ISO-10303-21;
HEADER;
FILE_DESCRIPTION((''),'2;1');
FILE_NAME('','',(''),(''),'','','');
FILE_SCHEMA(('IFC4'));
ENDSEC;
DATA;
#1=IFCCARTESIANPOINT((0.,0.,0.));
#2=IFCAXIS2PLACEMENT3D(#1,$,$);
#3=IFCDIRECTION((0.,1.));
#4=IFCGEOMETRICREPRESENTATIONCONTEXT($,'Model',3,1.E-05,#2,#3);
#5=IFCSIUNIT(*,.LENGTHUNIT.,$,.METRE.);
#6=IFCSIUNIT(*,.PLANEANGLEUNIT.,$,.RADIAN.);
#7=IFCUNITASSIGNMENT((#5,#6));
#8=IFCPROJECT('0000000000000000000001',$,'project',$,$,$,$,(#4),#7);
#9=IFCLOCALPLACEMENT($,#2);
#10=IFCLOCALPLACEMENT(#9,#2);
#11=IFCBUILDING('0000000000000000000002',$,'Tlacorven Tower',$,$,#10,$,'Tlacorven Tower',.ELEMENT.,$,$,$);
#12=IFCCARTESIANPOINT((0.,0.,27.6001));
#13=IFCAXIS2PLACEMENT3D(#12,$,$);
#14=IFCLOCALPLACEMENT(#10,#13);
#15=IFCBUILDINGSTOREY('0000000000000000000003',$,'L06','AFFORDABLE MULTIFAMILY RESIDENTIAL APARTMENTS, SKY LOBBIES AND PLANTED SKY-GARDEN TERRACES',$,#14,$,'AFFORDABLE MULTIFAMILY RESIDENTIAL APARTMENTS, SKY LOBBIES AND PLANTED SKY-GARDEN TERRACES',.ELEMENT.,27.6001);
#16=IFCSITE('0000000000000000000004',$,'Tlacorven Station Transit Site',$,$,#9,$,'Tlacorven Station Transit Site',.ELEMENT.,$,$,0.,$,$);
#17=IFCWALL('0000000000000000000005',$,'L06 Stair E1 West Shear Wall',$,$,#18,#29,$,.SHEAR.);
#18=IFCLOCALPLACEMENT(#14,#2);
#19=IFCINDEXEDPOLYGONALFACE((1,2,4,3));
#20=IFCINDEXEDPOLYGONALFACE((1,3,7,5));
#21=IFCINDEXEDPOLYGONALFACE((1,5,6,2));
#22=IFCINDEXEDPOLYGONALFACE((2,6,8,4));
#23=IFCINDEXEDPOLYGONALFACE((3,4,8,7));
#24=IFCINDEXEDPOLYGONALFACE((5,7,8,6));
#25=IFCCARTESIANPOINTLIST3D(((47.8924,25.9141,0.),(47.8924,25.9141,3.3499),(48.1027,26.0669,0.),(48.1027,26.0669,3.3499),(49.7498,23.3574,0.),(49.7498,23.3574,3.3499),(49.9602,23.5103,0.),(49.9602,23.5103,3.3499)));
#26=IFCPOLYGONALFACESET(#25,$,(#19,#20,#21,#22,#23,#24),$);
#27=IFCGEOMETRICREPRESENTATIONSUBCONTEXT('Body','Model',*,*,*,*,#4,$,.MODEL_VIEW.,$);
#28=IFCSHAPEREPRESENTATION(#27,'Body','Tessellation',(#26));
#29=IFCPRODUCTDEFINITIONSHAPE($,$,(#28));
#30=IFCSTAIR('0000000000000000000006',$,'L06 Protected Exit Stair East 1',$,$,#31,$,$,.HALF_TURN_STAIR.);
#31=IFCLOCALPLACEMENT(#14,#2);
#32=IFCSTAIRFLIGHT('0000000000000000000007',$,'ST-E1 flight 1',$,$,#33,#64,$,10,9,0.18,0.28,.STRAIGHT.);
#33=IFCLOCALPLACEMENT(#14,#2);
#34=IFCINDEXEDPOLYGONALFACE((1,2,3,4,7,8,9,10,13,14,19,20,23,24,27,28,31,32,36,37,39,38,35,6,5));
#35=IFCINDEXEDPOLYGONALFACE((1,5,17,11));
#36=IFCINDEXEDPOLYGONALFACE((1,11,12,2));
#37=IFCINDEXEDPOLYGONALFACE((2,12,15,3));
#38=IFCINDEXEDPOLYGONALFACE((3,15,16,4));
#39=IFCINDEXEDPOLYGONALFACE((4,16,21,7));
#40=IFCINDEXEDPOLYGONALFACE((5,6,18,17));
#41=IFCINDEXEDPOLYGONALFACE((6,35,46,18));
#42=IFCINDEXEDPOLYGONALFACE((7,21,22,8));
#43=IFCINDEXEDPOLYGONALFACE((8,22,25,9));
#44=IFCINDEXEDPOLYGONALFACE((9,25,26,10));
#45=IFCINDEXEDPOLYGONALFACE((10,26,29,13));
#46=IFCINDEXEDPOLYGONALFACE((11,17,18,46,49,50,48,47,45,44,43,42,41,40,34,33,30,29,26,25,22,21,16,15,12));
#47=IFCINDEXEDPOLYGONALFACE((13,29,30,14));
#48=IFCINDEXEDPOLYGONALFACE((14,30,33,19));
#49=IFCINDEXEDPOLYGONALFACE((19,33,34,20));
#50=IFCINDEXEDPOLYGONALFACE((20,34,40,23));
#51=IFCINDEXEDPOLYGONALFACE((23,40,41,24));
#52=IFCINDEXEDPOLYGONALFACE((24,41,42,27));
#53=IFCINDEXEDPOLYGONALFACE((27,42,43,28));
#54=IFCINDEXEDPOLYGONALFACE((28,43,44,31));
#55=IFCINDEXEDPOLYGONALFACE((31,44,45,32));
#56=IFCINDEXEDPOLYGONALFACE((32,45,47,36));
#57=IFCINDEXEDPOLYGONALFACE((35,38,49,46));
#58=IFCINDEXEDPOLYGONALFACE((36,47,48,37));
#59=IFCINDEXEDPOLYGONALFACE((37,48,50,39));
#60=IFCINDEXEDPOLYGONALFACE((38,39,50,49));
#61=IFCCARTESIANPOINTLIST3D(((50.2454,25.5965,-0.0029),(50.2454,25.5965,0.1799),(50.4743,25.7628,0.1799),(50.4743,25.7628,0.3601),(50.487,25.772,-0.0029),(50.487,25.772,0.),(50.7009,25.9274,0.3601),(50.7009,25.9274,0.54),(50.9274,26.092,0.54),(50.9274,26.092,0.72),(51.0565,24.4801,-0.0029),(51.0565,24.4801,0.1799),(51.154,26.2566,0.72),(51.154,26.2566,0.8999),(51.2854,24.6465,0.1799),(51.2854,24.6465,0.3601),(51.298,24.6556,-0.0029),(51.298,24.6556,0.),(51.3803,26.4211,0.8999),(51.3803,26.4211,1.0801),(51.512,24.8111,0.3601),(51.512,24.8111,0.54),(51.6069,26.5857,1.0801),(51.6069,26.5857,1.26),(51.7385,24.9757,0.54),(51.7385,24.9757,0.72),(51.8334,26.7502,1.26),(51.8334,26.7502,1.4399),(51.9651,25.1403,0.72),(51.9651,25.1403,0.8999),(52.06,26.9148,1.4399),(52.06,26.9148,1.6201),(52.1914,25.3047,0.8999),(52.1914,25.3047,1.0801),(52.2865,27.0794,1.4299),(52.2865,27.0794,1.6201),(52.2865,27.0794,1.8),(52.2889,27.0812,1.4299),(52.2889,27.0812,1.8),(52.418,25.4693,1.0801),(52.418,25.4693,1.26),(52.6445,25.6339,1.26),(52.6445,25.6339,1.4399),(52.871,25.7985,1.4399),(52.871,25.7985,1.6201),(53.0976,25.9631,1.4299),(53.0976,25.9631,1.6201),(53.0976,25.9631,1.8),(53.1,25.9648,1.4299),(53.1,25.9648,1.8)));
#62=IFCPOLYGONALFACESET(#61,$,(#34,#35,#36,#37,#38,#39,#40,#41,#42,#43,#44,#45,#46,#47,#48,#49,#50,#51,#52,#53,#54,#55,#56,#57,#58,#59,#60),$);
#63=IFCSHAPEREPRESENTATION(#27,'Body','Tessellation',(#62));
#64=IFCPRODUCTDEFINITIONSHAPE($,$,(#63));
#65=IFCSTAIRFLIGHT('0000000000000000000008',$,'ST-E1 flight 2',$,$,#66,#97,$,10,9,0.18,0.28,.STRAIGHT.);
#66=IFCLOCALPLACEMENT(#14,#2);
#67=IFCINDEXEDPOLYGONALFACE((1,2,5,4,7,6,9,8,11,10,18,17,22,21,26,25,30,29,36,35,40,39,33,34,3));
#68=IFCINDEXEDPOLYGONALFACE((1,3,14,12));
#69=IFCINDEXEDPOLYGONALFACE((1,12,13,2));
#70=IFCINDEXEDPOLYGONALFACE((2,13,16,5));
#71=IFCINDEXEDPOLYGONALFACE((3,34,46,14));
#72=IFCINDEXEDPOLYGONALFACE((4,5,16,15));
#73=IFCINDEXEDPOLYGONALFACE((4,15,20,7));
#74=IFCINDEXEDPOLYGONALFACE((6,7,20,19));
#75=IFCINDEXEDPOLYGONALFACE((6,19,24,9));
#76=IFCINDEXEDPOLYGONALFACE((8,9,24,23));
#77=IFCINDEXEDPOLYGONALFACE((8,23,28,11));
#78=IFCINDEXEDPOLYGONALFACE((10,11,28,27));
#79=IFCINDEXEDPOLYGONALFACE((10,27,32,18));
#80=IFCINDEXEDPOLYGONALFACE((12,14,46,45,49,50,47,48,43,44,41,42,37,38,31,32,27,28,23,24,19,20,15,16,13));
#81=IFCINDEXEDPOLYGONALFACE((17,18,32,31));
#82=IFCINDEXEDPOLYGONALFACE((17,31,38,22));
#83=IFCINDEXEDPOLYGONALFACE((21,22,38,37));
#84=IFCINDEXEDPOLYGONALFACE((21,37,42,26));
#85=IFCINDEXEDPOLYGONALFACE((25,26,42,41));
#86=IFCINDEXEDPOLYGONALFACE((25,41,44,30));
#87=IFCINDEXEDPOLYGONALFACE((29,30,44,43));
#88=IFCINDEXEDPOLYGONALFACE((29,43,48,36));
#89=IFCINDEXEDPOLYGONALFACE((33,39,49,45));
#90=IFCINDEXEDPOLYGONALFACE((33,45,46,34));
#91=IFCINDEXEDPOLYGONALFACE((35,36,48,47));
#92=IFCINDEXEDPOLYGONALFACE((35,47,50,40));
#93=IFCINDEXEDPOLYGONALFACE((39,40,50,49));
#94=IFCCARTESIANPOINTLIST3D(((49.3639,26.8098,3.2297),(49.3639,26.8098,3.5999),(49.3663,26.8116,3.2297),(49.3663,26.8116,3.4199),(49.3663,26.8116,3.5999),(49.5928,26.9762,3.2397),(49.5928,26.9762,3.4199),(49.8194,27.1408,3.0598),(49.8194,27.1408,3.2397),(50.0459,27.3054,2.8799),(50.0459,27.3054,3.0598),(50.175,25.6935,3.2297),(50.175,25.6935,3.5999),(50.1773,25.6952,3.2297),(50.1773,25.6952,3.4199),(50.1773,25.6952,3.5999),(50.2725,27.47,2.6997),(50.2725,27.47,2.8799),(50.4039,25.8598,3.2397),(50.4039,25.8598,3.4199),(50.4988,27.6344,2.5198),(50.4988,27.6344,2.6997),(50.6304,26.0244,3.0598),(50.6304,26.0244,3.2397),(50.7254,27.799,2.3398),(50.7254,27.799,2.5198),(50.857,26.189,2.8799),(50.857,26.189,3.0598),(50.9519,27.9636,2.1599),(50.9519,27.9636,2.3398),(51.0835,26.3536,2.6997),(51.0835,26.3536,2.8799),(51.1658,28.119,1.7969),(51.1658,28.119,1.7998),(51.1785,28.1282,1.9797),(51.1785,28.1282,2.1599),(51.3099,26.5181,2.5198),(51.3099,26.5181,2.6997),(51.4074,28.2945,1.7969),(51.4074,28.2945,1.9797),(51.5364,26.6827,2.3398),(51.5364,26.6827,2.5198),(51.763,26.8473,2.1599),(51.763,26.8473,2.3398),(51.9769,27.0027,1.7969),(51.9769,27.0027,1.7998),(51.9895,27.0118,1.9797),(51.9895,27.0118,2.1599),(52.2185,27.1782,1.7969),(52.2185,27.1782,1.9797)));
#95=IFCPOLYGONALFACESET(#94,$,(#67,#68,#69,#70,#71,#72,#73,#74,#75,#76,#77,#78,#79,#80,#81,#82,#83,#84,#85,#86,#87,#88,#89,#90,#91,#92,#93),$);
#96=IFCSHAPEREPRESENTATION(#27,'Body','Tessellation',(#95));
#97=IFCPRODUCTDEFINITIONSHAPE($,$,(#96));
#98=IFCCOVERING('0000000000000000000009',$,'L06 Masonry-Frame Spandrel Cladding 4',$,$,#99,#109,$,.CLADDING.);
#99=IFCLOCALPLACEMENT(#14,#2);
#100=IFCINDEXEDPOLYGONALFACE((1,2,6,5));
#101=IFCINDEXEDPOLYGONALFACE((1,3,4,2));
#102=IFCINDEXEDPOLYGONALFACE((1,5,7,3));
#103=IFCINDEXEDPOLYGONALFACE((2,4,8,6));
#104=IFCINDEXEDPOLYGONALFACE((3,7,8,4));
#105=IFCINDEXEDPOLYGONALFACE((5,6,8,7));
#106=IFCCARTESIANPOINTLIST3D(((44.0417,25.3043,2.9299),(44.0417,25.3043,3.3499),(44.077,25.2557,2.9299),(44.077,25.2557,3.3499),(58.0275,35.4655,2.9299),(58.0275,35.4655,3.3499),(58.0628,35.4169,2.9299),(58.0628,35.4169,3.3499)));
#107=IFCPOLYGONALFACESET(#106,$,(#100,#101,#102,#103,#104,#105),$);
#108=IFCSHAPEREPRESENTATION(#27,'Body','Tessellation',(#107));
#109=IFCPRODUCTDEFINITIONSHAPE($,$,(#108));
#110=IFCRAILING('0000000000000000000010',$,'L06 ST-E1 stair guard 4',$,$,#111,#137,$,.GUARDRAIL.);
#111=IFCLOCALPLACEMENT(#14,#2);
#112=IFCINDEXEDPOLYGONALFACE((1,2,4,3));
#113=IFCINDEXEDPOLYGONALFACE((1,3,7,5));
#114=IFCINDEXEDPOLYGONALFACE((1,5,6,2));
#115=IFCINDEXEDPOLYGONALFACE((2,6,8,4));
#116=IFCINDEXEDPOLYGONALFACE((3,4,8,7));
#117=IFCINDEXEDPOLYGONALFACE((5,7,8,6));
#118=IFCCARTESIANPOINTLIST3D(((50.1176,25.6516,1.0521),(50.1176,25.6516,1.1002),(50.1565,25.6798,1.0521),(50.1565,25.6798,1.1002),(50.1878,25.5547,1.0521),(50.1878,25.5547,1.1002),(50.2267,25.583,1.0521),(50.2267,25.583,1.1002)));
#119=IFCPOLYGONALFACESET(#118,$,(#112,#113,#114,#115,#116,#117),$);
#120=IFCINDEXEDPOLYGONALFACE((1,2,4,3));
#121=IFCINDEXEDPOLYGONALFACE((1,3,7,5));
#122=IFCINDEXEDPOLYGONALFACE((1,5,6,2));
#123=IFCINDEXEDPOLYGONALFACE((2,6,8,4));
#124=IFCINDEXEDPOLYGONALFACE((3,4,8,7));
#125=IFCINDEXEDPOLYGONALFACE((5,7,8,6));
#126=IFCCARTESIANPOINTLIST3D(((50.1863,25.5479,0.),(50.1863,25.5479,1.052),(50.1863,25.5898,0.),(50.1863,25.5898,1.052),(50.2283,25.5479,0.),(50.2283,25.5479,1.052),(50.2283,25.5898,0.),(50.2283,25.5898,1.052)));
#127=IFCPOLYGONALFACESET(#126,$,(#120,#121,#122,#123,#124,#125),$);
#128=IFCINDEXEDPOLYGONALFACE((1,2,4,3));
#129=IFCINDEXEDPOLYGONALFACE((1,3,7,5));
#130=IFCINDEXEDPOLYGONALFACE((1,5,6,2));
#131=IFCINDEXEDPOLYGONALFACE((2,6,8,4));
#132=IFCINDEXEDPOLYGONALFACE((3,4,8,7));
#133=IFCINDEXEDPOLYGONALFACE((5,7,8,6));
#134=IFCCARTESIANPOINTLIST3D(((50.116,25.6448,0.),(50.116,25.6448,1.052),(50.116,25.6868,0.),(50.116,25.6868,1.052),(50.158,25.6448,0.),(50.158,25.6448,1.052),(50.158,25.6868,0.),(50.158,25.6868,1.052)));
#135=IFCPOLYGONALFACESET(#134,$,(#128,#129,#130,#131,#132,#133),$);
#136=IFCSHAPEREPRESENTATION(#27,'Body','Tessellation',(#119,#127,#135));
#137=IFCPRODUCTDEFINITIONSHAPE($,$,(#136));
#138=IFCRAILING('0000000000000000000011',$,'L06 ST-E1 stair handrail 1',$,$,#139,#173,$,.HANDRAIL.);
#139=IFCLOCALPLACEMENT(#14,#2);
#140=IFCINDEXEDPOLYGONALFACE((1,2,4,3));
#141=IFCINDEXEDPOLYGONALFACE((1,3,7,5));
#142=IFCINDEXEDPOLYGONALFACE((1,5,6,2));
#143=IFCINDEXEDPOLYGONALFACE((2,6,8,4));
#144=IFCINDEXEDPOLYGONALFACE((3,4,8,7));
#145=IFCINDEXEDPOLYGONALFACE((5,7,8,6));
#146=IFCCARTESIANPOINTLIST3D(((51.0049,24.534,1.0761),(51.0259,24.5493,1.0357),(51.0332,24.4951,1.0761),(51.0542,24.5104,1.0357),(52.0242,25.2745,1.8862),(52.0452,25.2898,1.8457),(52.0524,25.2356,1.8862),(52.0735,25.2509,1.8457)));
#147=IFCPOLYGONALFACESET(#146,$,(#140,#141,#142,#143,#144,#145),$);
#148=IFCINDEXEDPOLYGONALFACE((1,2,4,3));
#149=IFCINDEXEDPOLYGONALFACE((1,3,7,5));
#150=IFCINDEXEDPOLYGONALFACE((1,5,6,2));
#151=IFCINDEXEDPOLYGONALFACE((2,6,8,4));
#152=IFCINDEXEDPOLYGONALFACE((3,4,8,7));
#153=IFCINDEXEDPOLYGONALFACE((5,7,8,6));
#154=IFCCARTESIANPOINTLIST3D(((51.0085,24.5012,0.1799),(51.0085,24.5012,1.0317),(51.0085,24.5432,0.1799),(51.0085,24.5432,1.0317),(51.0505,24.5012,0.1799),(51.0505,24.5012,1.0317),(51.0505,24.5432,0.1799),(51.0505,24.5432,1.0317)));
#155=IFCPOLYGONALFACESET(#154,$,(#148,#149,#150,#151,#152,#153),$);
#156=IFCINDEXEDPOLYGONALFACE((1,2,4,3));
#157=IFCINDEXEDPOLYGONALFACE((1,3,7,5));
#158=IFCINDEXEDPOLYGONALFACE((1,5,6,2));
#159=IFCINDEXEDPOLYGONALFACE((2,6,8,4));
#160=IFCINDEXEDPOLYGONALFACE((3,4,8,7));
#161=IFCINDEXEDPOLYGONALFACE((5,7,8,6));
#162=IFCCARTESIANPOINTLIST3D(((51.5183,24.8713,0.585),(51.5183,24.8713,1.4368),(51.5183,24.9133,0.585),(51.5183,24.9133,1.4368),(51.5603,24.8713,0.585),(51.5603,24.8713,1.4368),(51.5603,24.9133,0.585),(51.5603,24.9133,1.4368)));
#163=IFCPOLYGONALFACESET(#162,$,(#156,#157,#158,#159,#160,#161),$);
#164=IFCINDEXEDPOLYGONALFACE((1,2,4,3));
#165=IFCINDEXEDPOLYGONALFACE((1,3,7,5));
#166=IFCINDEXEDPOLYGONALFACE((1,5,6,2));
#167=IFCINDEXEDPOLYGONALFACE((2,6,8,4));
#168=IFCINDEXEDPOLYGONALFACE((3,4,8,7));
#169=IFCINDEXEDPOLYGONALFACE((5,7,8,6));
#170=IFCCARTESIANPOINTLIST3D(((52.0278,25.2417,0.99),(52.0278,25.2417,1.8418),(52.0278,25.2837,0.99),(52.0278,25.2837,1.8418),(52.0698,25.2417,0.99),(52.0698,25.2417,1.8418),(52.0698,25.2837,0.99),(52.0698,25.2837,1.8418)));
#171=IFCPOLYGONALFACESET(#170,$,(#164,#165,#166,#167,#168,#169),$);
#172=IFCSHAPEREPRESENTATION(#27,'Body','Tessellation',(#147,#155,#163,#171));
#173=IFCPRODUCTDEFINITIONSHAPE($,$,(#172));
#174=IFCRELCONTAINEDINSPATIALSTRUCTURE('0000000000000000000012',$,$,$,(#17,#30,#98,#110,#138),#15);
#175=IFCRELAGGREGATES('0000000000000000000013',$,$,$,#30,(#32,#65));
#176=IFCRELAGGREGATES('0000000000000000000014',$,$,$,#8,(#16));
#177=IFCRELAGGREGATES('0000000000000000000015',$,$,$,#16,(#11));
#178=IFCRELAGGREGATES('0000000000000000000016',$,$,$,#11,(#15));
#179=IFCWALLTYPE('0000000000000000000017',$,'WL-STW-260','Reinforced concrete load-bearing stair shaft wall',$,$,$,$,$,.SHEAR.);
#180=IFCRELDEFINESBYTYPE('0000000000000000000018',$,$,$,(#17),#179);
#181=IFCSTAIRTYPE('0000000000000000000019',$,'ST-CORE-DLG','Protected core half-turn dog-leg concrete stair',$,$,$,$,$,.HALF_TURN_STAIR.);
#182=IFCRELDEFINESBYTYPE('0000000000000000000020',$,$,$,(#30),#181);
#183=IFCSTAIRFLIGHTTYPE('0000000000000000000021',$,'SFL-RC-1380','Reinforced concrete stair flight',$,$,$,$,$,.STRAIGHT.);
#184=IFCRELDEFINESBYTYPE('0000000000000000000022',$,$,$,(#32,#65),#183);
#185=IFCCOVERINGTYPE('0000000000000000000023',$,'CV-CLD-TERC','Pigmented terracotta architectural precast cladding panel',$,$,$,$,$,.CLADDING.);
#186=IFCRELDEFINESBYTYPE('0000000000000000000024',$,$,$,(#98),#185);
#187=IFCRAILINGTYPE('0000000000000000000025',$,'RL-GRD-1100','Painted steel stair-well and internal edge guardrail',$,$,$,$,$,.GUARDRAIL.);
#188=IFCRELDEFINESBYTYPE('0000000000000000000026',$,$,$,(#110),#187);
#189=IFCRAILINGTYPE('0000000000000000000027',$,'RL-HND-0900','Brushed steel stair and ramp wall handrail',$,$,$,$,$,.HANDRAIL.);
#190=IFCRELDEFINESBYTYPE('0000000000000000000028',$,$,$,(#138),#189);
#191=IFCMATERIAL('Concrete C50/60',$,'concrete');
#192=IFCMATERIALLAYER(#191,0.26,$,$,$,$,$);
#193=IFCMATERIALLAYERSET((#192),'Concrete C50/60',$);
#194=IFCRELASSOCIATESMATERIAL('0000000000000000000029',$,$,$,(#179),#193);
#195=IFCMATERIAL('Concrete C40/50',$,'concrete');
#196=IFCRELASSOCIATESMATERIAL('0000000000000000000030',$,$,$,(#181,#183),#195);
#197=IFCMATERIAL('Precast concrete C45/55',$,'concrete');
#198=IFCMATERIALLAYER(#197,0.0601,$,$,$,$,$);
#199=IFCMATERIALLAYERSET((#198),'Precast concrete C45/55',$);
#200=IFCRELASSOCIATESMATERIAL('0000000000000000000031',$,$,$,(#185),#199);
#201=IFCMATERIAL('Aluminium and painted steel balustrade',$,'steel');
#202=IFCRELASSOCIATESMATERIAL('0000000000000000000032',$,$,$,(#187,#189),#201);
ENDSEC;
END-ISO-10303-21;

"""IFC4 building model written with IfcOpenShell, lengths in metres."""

from ifc_helpers import new_model, si_unit, direction, frame, frame_2d, origin, origin_2d, place, context, subcontext, project, spatial, polyline, rectangle, outline, extrude, source, transform, mapped, material, layer, layer_set, type_object, element, aggregate, save


model = new_model("IFC4")

# Units and contexts
model_context = context("Model", 3, precision=1e-05, world=origin(), true_north=direction((0.0, 1.0)))
body_context = subcontext(model_context, "Body", "Model", "MODEL_VIEW")
ifc_project = project(units=[si_unit("LENGTHUNIT", "METRE"), si_unit("PLANEANGLEUNIT", "RADIAN")], contexts=[model_context])

# Site, building, storey
site_placement = place(None, origin())
site = spatial("IfcSite", under=ifc_project, at=site_placement, Name="Tlacorven Station Transit Site", LongName="Tlacorven Station Transit Site", CompositionType="ELEMENT", RefElevation=0.0)
building_placement = place(site_placement, origin())
building = spatial("IfcBuilding", under=site, at=building_placement, Name="Tlacorven Tower", LongName="Tlacorven Tower", CompositionType="ELEMENT")
storey_placement = place(building_placement, frame((0.0, 0.0, 27.6001)))
storey = spatial("IfcBuildingStorey", under=building, at=storey_placement, Name="L06", Description="AFFORDABLE MULTIFAMILY RESIDENTIAL APARTMENTS, SKY LOBBIES AND PLANTED SKY-GARDEN TERRACES", LongName="AFFORDABLE MULTIFAMILY RESIDENTIAL APARTMENTS, SKY LOBBIES AND PLANTED SKY-GARDEN TERRACES", CompositionType="ELEMENT", Elevation=27.6001)

# Shared definitions
ifc_material_1 = material(Name="Precast concrete C45/55", Category="concrete")

# Shared definitions
ifc_material_2 = material(Name="Concrete C40/50", Category="concrete")

# Shared definitions
ifc_material_3 = material(Name="Concrete C50/60", Category="concrete")
ifc_layer_1 = layer(ifc_material_3, 0.26)
ifc_layer_set_1 = layer_set([ifc_layer_1], Name="Concrete C50/60")
wall_type_1 = type_object("IfcWallType", Name="WL-STW-260", Description="Reinforced concrete load-bearing stair shaft wall", PredefinedType="SHEAR", material=ifc_layer_set_1)

# Wall
wall_1_placement = place(storey_placement, frame((49.855, 23.4338, 0.0), z_axis=(0.0, 0.0, 1.0), x_axis=(-0.587767, 0.80903, 0.0)))
element("IfcWall", 1, at=wall_1_placement, inside=storey, type_object=wall_type_1, Name="L06 Stair E1 West Shear Wall", PredefinedType="SHEAR", context=body_context, shape_type="SweptSolid", body=[
    extrude(rectangle(XDim=3.1602, YDim=0.26, at=frame_2d((1.5801, 0.0))), origin(), (0.0, 0.0, 1.0), 3.3499),
])

# Stair, stair flights
stair_type = type_object("IfcStairType", Name="ST-CORE-DLG", Description="Protected core half-turn dog-leg concrete stair", PredefinedType="HALF_TURN_STAIR", material=ifc_material_2)
stair_placement = place(storey_placement, origin())
stair = element("IfcStair", 2, at=stair_placement, inside=storey, type_object=stair_type, Name="L06 Protected Exit Stair East 1", PredefinedType="HALF_TURN_STAIR")
stair_flight_type = type_object("IfcStairFlightType", Name="SFL-RC-1380", Description="Reinforced concrete stair flight", PredefinedType="STRAIGHT", material=ifc_material_2)
shared_shape_1 = source(origin(), body_context, "Body", "SweptSolid", [
    extrude(outline(polyline([(-0.0029, -0.0029), (-0.0029, 0.1799), (0.28, 0.1799), (0.28, 0.3601), (0.5601, 0.3601), (0.5601, 0.54), (0.8401, 0.54), (0.8401, 0.72), (1.1201, 0.72), (1.1201, 0.8999), (1.3999, 0.8999), (1.3999, 1.0801), (1.6799, 1.0801), (1.6799, 1.26), (1.96, 1.26), (1.96, 1.4399), (2.24, 1.4399), (2.24, 1.6201), (2.52, 1.6201), (2.52, 1.8), (2.5229, 1.8), (2.5229, 1.4299), (2.52, 1.4299), (0.2957, 0.0), (0.2957, -0.0029), (-0.0029, -0.0029)])), frame((0.0, 0.6899, 0.0), z_axis=(0.0, -1.0, 0.0), x_axis=(1.0, 0.0, 0.0)), (0.0, 0.0, 1.0), 1.3799),
])
stair_flight_1_placement = place(storey_placement, frame((50.6533, 25.04, 0.0), z_axis=(0.0, 0.0, 1.0), x_axis=(0.809017, 0.587785, 0.0)))
stair_flight_1 = element("IfcStairFlight", 3, at=stair_flight_1_placement, type_object=stair_flight_type, Name="ST-E1 flight 1", NumberOfRisers=10, NumberOfTreads=9, PredefinedType="STRAIGHT", RiserHeight=0.18, TreadLength=0.28, context=body_context, shape_type="MappedRepresentation", body=[
    mapped(shared_shape_1, transform((0.0, 0.0, 0.0), scale=1.0)),
])
stair_flight_2_placement = place(storey_placement, frame((51.8105, 27.7346, 1.7998), z_axis=(0.0, 0.0, 1.0), x_axis=(-0.809017, -0.587785, 0.0)))
stair_flight_2 = element("IfcStairFlight", 4, at=stair_flight_2_placement, type_object=stair_flight_type, Name="ST-E1 flight 2", NumberOfRisers=10, NumberOfTreads=9, PredefinedType="STRAIGHT", RiserHeight=0.18, TreadLength=0.28, context=body_context, shape_type="MappedRepresentation", body=[
    mapped(shared_shape_1, transform((0.0, 0.0, 0.0), scale=1.0)),
])
aggregate(stair, [stair_flight_1, stair_flight_2])

# Covering
ifc_layer_2 = layer(ifc_material_1, 0.0601)
ifc_layer_set_2 = layer_set([ifc_layer_2], Name="Precast concrete C45/55")
covering_type = type_object("IfcCoveringType", Name="CV-CLD-TERC", Description="Pigmented terracotta architectural precast cladding panel", PredefinedType="CLADDING", material=ifc_layer_set_2)
shared_shape_2 = source(origin(), body_context, "Body", "SweptSolid", [
    extrude(rectangle(XDim=17.2874, YDim=0.0601, at=origin_2d()), origin(), (0.0, 0.0, 1.0), 0.4199),
])
covering_placement = place(storey_placement, frame((51.0522, 30.3606, 2.9299), z_axis=(0.0, 0.0, 1.0), x_axis=(0.809017, 0.587785, 0.0)))
element("IfcCovering", 5, at=covering_placement, inside=storey, type_object=covering_type, Name="L06 Masonry-Frame Spandrel Cladding 4", PredefinedType="CLADDING", context=body_context, shape_type="MappedRepresentation", body=[
    mapped(shared_shape_2, transform((0.0, 0.0, 0.0), scale=1.0)),
])

# Railings
ifc_material_4 = material(Name="Aluminium and painted steel balustrade", Category="steel")
railing_type_1 = type_object("IfcRailingType", Name="RL-GRD-1100", Description="Painted steel stair-well and internal edge guardrail", PredefinedType="GUARDRAIL", material=ifc_material_4)
shared_shape_3 = source(origin(), body_context, "Body", "SweptSolid", [
    extrude(rectangle(XDim=0.0481, YDim=0.0481, at=origin_2d()), frame((0.0, 0.0, 1.0762), z_axis=(-0.587201, 0.809441, 0.0), x_axis=(-0.809441, -0.587201, 0.0)), (0.0, 0.0, 1.0), 0.1196),
    extrude(rectangle(XDim=0.042, YDim=0.042, at=origin_2d()), origin(), (0.0, 0.0, 1.0), 1.052),
    extrude(rectangle(XDim=0.042, YDim=0.042, at=origin_2d()), frame((-0.0703, 0.0969, 0.0)), (0.0, 0.0, 1.0), 1.052),
])
railing_1_placement = place(storey_placement, frame((50.2073, 25.5688, 0.0)))
element("IfcRailing", 6, at=railing_1_placement, inside=storey, type_object=railing_type_1, Name="L06 ST-E1 stair guard 4", PredefinedType="GUARDRAIL", context=body_context, shape_type="MappedRepresentation", body=[
    mapped(shared_shape_3, transform((0.0, 0.0, 0.0), scale=1.0)),
])
railing_type_2 = type_object("IfcRailingType", Name="RL-HND-0900", Description="Brushed steel stair and ramp wall handrail", PredefinedType="HANDRAIL", material=ifc_material_4)
shared_shape_4 = source(origin(), body_context, "Body", "SweptSolid", [
    extrude(rectangle(XDim=0.0481, YDim=0.0481, at=origin_2d()), frame((0.0, 0.0, 0.876), z_axis=(0.680516, 0.494373, 0.540827), x_axis=(-0.587745, 0.809046, 0.0)), (0.0, 0.0, 1.0), 1.4978),
    extrude(rectangle(XDim=0.042, YDim=0.042, at=origin_2d()), origin(), (0.0, 0.0, 1.0), 0.8518),
    extrude(rectangle(XDim=0.042, YDim=0.042, at=origin_2d()), frame((0.5098, 0.3701, 0.405)), (0.0, 0.0, 1.0), 0.8518),
    extrude(rectangle(XDim=0.042, YDim=0.042, at=origin_2d()), frame((1.0193, 0.7405, 0.8101)), (0.0, 0.0, 1.0), 0.8518),
])
railing_2_placement = place(storey_placement, frame((51.0295, 24.5222, 0.1799)))
element("IfcRailing", 7, at=railing_2_placement, inside=storey, type_object=railing_type_2, Name="L06 ST-E1 stair handrail 1", PredefinedType="HANDRAIL", context=body_context, shape_type="MappedRepresentation", body=[
    mapped(shared_shape_4, transform((0.0, 0.0, 0.0), scale=1.0)),
])

save(model, "model.ifc")
